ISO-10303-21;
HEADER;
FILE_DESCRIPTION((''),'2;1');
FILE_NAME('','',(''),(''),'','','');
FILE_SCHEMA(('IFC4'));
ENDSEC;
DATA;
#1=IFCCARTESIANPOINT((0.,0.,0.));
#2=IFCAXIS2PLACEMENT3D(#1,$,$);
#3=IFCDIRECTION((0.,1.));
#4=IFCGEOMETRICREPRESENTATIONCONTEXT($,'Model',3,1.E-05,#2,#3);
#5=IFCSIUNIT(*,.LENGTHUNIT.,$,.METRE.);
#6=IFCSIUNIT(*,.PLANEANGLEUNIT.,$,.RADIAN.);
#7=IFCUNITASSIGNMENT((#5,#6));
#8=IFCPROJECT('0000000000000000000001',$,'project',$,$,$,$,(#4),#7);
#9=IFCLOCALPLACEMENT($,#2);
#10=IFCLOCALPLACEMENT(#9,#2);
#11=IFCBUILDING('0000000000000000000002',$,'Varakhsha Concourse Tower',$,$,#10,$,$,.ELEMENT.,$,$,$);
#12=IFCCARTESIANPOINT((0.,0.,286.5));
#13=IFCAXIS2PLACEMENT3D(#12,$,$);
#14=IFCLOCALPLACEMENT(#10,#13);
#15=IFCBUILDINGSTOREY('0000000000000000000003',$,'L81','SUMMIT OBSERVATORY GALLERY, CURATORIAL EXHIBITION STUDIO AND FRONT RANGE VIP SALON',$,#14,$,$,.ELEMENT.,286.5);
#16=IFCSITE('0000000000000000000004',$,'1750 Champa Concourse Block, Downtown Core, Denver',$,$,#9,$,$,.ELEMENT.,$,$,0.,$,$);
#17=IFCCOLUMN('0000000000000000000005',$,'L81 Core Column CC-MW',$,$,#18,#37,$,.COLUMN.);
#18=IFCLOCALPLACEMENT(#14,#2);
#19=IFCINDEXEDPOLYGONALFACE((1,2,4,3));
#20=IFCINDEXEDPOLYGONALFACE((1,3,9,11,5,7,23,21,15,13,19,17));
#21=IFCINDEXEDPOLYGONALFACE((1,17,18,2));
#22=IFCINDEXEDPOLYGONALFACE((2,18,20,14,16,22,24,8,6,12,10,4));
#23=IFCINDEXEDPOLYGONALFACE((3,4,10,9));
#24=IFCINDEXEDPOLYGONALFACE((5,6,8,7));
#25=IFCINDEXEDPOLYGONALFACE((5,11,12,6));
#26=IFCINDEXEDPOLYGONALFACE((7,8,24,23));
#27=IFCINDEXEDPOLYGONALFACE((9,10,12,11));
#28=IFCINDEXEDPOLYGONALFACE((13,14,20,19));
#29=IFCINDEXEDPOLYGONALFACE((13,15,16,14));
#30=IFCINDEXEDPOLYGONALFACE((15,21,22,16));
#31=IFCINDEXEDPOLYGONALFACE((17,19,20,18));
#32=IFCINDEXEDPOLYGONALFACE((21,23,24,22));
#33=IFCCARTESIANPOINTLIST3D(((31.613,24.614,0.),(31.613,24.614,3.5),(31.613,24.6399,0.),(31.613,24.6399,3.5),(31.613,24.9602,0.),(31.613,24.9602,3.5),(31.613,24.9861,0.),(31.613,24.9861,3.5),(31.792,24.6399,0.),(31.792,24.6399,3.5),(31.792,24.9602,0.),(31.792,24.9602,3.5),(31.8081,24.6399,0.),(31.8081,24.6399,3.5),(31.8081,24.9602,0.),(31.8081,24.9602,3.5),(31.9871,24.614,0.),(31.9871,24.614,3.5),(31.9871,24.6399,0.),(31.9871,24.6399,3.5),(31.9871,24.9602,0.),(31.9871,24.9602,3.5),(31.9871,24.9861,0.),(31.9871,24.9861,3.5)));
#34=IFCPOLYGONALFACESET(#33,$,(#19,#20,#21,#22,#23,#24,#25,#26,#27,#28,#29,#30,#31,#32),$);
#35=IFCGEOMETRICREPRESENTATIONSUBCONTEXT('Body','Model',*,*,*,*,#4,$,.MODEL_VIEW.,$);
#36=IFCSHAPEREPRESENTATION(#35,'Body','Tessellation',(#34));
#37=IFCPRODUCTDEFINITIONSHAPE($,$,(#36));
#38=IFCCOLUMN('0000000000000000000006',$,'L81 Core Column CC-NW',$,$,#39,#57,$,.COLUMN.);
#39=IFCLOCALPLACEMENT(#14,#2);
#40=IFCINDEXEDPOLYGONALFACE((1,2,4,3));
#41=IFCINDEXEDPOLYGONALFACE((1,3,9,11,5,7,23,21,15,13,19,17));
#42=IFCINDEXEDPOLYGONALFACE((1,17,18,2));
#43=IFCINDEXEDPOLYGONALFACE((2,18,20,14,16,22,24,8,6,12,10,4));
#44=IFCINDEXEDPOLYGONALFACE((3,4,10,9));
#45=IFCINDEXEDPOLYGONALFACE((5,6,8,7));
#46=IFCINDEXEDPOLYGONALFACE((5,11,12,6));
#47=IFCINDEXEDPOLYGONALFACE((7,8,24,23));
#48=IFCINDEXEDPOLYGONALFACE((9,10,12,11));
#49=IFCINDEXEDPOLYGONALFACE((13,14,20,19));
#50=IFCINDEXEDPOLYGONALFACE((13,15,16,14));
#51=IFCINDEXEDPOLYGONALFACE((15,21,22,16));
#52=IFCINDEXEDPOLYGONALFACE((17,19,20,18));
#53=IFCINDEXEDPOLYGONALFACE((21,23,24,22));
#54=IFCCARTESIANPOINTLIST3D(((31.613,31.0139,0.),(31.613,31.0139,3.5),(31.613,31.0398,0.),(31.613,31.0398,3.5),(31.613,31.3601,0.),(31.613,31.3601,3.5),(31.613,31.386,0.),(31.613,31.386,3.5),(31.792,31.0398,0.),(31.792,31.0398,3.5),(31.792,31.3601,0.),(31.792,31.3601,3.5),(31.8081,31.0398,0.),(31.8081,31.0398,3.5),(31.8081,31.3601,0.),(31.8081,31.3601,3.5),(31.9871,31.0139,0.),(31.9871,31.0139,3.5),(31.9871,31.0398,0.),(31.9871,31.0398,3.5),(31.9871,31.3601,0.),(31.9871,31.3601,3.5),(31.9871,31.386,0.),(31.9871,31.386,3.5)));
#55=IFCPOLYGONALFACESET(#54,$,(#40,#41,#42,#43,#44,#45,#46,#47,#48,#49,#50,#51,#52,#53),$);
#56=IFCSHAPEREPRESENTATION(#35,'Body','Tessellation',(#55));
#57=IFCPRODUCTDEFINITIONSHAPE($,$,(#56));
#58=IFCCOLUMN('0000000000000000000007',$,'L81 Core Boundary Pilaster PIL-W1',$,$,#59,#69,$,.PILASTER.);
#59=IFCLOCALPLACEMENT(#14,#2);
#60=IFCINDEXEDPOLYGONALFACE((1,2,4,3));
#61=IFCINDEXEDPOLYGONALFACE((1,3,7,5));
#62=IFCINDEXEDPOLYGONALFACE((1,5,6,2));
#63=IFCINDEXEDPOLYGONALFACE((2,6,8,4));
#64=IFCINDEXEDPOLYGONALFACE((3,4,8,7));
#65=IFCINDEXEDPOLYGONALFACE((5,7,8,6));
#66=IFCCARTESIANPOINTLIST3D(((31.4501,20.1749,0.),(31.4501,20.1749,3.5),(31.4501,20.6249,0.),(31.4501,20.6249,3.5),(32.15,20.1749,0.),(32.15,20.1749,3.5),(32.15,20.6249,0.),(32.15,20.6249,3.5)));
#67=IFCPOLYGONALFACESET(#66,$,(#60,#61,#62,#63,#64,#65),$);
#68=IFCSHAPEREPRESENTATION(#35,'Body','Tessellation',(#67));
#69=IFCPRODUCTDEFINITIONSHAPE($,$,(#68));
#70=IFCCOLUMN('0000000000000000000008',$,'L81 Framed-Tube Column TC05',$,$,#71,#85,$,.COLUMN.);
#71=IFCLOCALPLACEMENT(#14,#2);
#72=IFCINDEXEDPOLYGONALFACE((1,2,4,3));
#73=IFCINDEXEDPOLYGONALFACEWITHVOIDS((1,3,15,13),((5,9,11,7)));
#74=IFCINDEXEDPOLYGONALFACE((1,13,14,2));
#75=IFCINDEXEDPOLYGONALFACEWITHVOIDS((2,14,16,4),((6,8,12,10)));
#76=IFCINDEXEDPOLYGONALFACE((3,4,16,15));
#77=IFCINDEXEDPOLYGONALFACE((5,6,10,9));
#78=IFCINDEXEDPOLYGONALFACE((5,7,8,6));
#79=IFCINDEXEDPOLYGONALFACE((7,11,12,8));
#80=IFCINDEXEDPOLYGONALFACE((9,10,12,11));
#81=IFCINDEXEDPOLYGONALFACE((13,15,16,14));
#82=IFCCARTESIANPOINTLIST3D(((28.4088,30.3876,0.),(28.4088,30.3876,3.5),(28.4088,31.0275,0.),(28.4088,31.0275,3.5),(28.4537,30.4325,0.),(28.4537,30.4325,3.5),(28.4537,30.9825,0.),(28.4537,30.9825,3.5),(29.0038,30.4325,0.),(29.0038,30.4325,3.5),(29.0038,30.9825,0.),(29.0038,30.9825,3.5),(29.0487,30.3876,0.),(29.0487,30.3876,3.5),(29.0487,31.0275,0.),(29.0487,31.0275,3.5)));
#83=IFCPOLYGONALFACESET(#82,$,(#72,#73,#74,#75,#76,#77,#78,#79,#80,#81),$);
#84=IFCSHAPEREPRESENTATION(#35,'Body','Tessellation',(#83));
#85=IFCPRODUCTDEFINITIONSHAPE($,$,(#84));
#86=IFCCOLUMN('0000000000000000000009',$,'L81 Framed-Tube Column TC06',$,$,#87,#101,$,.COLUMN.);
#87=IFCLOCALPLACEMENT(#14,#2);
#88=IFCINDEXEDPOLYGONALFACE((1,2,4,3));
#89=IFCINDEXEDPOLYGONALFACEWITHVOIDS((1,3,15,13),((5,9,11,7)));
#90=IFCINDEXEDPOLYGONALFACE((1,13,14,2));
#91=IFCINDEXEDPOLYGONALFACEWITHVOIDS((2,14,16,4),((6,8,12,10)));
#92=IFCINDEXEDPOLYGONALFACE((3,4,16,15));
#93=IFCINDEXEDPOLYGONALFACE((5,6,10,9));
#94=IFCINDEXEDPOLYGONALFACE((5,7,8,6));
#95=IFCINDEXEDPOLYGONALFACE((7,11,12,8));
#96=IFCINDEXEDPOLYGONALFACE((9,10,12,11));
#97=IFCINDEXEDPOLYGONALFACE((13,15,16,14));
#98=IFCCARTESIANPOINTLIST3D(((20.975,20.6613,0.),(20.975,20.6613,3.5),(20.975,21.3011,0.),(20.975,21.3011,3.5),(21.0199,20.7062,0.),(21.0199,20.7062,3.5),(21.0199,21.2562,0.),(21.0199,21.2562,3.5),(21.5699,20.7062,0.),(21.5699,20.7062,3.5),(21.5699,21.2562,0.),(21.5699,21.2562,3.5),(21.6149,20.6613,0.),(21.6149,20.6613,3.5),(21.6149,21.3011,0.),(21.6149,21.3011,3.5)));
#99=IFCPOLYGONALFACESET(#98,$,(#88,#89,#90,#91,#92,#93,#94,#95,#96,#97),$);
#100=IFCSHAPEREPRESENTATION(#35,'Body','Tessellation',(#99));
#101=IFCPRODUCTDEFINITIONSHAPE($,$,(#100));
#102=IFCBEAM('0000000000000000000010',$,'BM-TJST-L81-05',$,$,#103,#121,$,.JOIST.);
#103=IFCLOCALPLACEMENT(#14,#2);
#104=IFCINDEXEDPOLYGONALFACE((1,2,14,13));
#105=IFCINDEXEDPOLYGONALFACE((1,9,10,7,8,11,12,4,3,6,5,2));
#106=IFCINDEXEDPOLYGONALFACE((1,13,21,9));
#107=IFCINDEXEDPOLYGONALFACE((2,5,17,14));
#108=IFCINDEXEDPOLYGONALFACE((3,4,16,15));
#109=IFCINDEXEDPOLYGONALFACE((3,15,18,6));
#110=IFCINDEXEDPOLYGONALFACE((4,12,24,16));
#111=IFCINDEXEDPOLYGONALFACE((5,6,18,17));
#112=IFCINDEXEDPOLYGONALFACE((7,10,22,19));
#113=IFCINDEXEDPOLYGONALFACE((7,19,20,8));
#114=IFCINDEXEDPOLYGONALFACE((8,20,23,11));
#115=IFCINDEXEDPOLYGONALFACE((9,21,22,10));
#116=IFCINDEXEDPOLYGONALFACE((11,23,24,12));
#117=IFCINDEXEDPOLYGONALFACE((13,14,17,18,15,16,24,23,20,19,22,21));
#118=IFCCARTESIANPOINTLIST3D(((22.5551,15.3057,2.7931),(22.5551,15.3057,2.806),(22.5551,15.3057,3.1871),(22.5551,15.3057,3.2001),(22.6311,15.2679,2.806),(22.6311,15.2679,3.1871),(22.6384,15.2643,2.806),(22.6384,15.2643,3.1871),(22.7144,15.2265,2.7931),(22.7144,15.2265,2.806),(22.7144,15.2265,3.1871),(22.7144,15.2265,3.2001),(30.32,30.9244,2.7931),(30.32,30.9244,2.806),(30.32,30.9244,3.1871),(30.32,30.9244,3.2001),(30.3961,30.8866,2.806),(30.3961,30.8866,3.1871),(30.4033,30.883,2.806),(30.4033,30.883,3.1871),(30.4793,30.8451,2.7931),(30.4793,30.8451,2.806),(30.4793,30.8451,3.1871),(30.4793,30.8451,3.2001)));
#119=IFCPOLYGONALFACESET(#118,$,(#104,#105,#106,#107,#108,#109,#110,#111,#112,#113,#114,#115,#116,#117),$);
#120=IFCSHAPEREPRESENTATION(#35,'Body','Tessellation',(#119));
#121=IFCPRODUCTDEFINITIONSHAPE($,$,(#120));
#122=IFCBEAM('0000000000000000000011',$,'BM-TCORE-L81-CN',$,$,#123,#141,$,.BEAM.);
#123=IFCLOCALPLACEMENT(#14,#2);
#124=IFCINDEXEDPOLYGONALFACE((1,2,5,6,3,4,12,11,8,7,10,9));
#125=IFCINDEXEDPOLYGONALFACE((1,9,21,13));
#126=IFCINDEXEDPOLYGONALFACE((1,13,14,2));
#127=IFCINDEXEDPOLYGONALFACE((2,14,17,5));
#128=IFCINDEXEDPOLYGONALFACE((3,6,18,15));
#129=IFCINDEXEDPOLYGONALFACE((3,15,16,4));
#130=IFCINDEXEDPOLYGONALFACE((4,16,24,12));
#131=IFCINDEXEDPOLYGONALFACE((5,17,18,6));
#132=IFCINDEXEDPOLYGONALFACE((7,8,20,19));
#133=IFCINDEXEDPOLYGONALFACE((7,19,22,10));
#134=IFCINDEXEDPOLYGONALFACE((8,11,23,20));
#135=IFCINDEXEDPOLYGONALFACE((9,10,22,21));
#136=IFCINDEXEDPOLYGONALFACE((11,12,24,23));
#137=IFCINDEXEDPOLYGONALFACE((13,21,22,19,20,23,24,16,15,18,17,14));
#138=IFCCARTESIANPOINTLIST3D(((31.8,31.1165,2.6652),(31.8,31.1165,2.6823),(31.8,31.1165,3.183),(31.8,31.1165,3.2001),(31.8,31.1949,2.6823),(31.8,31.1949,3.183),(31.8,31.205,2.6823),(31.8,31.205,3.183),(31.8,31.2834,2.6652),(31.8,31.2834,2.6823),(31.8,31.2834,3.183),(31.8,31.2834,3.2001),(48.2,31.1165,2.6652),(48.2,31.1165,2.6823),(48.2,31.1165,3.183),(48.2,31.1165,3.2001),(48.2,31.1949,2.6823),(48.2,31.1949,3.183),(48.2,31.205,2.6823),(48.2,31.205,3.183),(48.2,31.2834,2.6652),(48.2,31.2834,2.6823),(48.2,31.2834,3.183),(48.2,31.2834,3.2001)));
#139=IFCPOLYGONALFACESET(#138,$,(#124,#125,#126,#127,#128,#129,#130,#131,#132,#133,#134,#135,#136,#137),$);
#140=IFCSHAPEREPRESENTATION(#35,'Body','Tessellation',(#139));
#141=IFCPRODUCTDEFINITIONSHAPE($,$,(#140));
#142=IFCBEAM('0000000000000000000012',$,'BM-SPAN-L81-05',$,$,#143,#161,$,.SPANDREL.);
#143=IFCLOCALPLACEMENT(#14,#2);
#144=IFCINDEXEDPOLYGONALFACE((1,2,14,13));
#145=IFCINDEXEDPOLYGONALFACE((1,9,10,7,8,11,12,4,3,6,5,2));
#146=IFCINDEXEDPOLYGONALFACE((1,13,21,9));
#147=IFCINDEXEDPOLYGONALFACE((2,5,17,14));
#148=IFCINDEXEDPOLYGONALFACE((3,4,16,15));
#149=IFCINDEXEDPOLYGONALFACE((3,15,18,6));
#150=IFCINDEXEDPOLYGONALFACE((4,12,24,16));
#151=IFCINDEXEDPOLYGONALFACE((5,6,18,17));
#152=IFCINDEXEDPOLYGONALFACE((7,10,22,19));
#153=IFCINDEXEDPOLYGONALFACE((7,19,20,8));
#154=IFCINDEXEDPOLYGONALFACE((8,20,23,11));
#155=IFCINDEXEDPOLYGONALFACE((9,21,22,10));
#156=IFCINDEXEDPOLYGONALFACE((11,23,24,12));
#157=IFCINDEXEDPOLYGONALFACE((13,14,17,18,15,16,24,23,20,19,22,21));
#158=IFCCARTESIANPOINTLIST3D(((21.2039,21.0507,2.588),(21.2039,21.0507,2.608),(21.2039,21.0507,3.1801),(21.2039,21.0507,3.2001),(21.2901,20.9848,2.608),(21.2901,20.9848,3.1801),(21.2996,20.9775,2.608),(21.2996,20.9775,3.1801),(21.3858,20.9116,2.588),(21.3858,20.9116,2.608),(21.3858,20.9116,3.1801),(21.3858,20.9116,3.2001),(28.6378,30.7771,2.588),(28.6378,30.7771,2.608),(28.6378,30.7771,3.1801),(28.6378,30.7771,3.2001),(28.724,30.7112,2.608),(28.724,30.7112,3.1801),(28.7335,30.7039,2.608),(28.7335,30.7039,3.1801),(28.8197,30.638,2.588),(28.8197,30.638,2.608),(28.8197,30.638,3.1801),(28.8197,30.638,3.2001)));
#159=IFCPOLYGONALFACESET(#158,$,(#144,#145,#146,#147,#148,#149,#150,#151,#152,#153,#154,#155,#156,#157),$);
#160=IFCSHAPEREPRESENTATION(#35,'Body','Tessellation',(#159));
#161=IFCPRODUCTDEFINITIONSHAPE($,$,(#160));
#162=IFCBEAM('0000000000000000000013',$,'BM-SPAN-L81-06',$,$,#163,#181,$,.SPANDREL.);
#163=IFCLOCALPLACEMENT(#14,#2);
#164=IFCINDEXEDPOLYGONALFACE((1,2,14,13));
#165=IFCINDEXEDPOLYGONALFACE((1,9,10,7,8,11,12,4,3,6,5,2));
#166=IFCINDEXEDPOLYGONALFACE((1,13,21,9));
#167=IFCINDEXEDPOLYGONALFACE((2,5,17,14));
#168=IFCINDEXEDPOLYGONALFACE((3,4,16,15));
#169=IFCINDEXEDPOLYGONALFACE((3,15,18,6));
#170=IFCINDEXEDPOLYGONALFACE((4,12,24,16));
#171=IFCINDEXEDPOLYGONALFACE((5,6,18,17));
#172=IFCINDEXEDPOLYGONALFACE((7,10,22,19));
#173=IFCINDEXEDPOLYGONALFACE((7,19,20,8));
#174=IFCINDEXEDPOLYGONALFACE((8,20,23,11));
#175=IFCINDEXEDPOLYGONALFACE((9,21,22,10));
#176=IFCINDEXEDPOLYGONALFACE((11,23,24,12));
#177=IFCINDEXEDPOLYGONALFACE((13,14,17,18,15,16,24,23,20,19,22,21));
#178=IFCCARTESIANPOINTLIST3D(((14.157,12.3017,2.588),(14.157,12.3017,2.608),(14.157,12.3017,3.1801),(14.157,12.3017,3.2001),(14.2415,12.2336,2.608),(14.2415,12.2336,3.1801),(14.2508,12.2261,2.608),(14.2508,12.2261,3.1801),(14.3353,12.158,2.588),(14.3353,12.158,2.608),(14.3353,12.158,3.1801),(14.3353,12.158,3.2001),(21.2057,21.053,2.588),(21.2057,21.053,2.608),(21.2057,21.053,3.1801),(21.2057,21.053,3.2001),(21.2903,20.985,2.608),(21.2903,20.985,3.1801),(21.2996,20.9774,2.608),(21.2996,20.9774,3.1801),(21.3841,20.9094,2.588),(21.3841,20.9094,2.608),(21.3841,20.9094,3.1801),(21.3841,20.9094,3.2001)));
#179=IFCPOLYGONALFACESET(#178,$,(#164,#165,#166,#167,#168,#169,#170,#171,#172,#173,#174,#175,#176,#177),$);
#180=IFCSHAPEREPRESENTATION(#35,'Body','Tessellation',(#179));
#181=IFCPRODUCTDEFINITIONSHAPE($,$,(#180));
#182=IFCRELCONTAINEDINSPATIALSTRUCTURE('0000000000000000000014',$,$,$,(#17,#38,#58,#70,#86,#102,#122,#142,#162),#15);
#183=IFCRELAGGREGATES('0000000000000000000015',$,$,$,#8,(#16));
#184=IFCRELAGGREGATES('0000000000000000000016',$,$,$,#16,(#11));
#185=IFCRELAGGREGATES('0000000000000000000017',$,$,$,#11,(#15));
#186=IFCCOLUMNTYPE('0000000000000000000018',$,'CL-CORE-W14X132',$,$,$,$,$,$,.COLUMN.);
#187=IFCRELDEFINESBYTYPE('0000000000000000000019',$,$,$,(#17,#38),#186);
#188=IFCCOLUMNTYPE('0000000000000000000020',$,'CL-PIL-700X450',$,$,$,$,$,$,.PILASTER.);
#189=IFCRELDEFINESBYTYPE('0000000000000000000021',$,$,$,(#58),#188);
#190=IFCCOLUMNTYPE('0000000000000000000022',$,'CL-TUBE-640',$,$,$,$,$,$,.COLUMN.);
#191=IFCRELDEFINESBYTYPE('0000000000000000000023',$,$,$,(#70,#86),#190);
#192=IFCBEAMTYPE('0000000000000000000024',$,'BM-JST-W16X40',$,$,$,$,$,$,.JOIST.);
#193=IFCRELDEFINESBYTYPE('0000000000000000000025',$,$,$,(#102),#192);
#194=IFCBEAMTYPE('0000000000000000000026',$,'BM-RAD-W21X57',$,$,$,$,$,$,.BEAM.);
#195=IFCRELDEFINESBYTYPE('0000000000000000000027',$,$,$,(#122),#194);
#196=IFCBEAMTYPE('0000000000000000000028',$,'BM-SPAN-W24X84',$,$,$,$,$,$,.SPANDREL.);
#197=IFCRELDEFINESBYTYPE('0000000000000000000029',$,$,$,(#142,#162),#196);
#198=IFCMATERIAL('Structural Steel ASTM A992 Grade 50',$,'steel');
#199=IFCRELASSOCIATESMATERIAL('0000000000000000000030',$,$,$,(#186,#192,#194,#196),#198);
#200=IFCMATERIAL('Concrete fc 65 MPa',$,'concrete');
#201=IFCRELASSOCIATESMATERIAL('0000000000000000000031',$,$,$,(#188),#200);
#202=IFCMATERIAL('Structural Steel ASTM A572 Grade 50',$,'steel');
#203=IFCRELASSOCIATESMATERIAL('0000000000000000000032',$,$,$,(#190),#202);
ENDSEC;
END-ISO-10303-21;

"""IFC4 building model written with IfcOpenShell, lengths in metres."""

from ifc_helpers import new_model, si_unit, direction, frame, origin, origin_2d, place, context, subcontext, project, spatial, rectangle, hollow_rectangle, i_section, extrude, material, material_profile, profile_set, type_object, element, save


model = new_model("IFC4")

# Units and contexts
model_context = context("Model", 3, precision=1e-05, world=origin(), true_north=direction((0.0, 1.0)))
body_context = subcontext(model_context, "Body", "Model", "MODEL_VIEW")
ifc_project = project(units=[si_unit("LENGTHUNIT", "METRE"), si_unit("PLANEANGLEUNIT", "RADIAN")], contexts=[model_context])

# Site, building, storey
site_placement = place(None, origin())
site = spatial("IfcSite", under=ifc_project, at=site_placement, Name="1750 Champa Concourse Block, Downtown Core, Denver", CompositionType="ELEMENT", RefElevation=0.0)
building_placement = place(site_placement, origin())
building = spatial("IfcBuilding", under=site, at=building_placement, Name="Varakhsha Concourse Tower", CompositionType="ELEMENT")
storey_placement = place(building_placement, frame((0.0, 0.0, 286.5)))
storey = spatial("IfcBuildingStorey", under=building, at=storey_placement, Name="L81", Description="SUMMIT OBSERVATORY GALLERY, CURATORIAL EXHIBITION STUDIO AND FRONT RANGE VIP SALON", CompositionType="ELEMENT", Elevation=286.5)

# Columns
ifc_material_1 = material(Name="Structural Steel ASTM A992 Grade 50", Category="steel")
ifc_material_profile_1 = material_profile(ifc_material_1, i_section(OverallWidth=0.374, OverallDepth=0.3721, WebThickness=0.0161, FlangeThickness=0.0259, at=origin_2d()), Name="W14X132")
ifc_profile_set_1 = profile_set([ifc_material_profile_1], Name="Structural Steel ASTM A992 Grade 50")
column_type_1 = type_object("IfcColumnType", Name="CL-CORE-W14X132", PredefinedType="COLUMN", material=ifc_profile_set_1)
for number, where, z_axis, x_axis, name in (
    (1, (31.8, 24.8, 0.0), (0.0, 0.0, 1.0), (1.0, 0.0, 0.0), "L81 Core Column CC-MW"),
    (2, (31.8, 31.2, 0.0), (0.0, 0.0, 1.0), (1.0, 0.0, 0.0), "L81 Core Column CC-NW"),
):
    element("IfcColumn", number, at=place(storey_placement, frame(where, z_axis=z_axis, x_axis=x_axis)), inside=storey, type_object=column_type_1, Name=name, PredefinedType="COLUMN", context=body_context, shape_type="SweptSolid", body=[
        extrude(i_section(OverallWidth=0.374, OverallDepth=0.3721, WebThickness=0.0161, FlangeThickness=0.0259, at=origin_2d()), origin(), (0.0, 0.0, 1.0), 3.5),
    ])
ifc_material_2 = material(Name="Concrete fc 65 MPa", Category="concrete")
ifc_material_profile_2 = material_profile(ifc_material_2, rectangle(XDim=0.7, YDim=0.45, at=origin_2d()), Name="RC 700x450")
ifc_profile_set_2 = profile_set([ifc_material_profile_2], Name="Concrete fc 65 MPa")
column_type_2 = type_object("IfcColumnType", Name="CL-PIL-700X450", PredefinedType="PILASTER", material=ifc_profile_set_2)
column_placement = place(storey_placement, frame((31.8, 20.3999, 0.0), z_axis=(0.0, 0.0, 1.0), x_axis=(1.0, 0.0, 0.0)))
element("IfcColumn", 3, at=column_placement, inside=storey, type_object=column_type_2, Name="L81 Core Boundary Pilaster PIL-W1", PredefinedType="PILASTER", context=body_context, shape_type="SweptSolid", body=[
    extrude(rectangle(XDim=0.7, YDim=0.45, at=origin_2d()), origin(), (0.0, 0.0, 1.0), 3.5),
])
ifc_material_3 = material(Name="Structural Steel ASTM A572 Grade 50", Category="steel")
ifc_material_profile_3 = material_profile(ifc_material_3, hollow_rectangle(XDim=0.6399, YDim=0.6399, WallThickness=0.0449, at=origin_2d()), Name="BOX 640x640x45")
ifc_profile_set_3 = profile_set([ifc_material_profile_3], Name="Structural Steel ASTM A572 Grade 50")
column_type_3 = type_object("IfcColumnType", Name="CL-TUBE-640", PredefinedType="COLUMN", material=ifc_profile_set_3)
for number, where, z_axis, x_axis, name in (
    (4, (28.7288, 30.7075, 0.0), (0.0, 0.0, 1.0), (1.0, 0.0, 0.0), "L81 Framed-Tube Column TC05"),
    (5, (21.2949, 20.9812, 0.0), (0.0, 0.0, 1.0), (1.0, 0.0, 0.0), "L81 Framed-Tube Column TC06"),
):
    element("IfcColumn", number, at=place(storey_placement, frame(where, z_axis=z_axis, x_axis=x_axis)), inside=storey, type_object=column_type_3, Name=name, PredefinedType="COLUMN", context=body_context, shape_type="SweptSolid", body=[
        extrude(hollow_rectangle(XDim=0.6399, YDim=0.6399, WallThickness=0.0449, at=origin_2d()), origin(), (0.0, 0.0, 1.0), 3.5),
    ])

# Beams
ifc_material_profile_4 = material_profile(ifc_material_1, i_section(OverallWidth=0.178, OverallDepth=0.407, WebThickness=0.0081, FlangeThickness=0.0129, at=origin_2d()), Name="W16X40")
ifc_profile_set_4 = profile_set([ifc_material_profile_4], Name="Structural Steel ASTM A992 Grade 50")
beam_type_1 = type_object("IfcBeamType", Name="BM-JST-W16X40", PredefinedType="JOIST", material=ifc_profile_set_4)
beam_1_placement = place(storey_placement, frame((30.3997, 30.8848, 2.9966), z_axis=(-0.445174, -0.895444, 0.0), x_axis=(0.895444, -0.445174, 0.0)))
element("IfcBeam", 6, at=beam_1_placement, inside=storey, type_object=beam_type_1, Name="BM-TJST-L81-05", PredefinedType="JOIST", context=body_context, shape_type="SweptSolid", body=[
    extrude(i_section(OverallWidth=0.178, OverallDepth=0.407, WebThickness=0.0081, FlangeThickness=0.0129, at=origin_2d()), origin(), (0.0, 0.0, 1.0), 17.4424),
])
ifc_material_profile_5 = material_profile(ifc_material_1, i_section(OverallWidth=0.167, OverallDepth=0.5349, WebThickness=0.01, FlangeThickness=0.0171, at=origin_2d()), Name="W21X57")
ifc_profile_set_5 = profile_set([ifc_material_profile_5], Name="Structural Steel ASTM A992 Grade 50")
beam_type_2 = type_object("IfcBeamType", Name="BM-RAD-W21X57", PredefinedType="BEAM", material=ifc_profile_set_5)
beam_2_placement = place(storey_placement, frame((31.8, 31.2, 2.9326), z_axis=(1.0, 0.0, 0.0), x_axis=(0.0, 1.0, 0.0)))
element("IfcBeam", 7, at=beam_2_placement, inside=storey, type_object=beam_type_2, Name="BM-TCORE-L81-CN", PredefinedType="BEAM", context=body_context, shape_type="SweptSolid", body=[
    extrude(i_section(OverallWidth=0.167, OverallDepth=0.5349, WebThickness=0.01, FlangeThickness=0.0171, at=origin_2d()), origin(), (0.0, 0.0, 1.0), 16.3999),
])
ifc_material_profile_6 = material_profile(ifc_material_1, i_section(OverallWidth=0.229, OverallDepth=0.6121, WebThickness=0.012, FlangeThickness=0.02, at=origin_2d()), Name="W24X84")
ifc_profile_set_6 = profile_set([ifc_material_profile_6], Name="Structural Steel ASTM A992 Grade 50")
beam_type_3 = type_object("IfcBeamType", Name="BM-SPAN-W24X84", PredefinedType="SPANDREL", material=ifc_profile_set_6)
beam_3_placement = place(storey_placement, frame((28.7288, 30.7075, 2.894), z_axis=(-0.607247, -0.794513, 0.0), x_axis=(0.794513, -0.607247, 0.0)))
element("IfcBeam", 8, at=beam_3_placement, inside=storey, type_object=beam_type_3, Name="BM-SPAN-L81-05", PredefinedType="SPANDREL", context=body_context, shape_type="SweptSolid", body=[
    extrude(i_section(OverallWidth=0.229, OverallDepth=0.6121, WebThickness=0.012, FlangeThickness=0.02, at=origin_2d()), origin(), (0.0, 0.0, 1.0), 12.2419),
])
beam_4_placement = place(storey_placement, frame((21.2949, 20.9812, 2.894), z_axis=(-0.627278, -0.778796, 0.0), x_axis=(0.778796, -0.627278, 0.0)))
element("IfcBeam", 9, at=beam_4_placement, inside=storey, type_object=beam_type_3, Name="BM-SPAN-L81-06", PredefinedType="SPANDREL", context=body_context, shape_type="SweptSolid", body=[
    extrude(i_section(OverallWidth=0.229, OverallDepth=0.6121, WebThickness=0.012, FlangeThickness=0.02, at=origin_2d()), origin(), (0.0, 0.0, 1.0), 11.2371),
])

save(model, "model.ifc")
